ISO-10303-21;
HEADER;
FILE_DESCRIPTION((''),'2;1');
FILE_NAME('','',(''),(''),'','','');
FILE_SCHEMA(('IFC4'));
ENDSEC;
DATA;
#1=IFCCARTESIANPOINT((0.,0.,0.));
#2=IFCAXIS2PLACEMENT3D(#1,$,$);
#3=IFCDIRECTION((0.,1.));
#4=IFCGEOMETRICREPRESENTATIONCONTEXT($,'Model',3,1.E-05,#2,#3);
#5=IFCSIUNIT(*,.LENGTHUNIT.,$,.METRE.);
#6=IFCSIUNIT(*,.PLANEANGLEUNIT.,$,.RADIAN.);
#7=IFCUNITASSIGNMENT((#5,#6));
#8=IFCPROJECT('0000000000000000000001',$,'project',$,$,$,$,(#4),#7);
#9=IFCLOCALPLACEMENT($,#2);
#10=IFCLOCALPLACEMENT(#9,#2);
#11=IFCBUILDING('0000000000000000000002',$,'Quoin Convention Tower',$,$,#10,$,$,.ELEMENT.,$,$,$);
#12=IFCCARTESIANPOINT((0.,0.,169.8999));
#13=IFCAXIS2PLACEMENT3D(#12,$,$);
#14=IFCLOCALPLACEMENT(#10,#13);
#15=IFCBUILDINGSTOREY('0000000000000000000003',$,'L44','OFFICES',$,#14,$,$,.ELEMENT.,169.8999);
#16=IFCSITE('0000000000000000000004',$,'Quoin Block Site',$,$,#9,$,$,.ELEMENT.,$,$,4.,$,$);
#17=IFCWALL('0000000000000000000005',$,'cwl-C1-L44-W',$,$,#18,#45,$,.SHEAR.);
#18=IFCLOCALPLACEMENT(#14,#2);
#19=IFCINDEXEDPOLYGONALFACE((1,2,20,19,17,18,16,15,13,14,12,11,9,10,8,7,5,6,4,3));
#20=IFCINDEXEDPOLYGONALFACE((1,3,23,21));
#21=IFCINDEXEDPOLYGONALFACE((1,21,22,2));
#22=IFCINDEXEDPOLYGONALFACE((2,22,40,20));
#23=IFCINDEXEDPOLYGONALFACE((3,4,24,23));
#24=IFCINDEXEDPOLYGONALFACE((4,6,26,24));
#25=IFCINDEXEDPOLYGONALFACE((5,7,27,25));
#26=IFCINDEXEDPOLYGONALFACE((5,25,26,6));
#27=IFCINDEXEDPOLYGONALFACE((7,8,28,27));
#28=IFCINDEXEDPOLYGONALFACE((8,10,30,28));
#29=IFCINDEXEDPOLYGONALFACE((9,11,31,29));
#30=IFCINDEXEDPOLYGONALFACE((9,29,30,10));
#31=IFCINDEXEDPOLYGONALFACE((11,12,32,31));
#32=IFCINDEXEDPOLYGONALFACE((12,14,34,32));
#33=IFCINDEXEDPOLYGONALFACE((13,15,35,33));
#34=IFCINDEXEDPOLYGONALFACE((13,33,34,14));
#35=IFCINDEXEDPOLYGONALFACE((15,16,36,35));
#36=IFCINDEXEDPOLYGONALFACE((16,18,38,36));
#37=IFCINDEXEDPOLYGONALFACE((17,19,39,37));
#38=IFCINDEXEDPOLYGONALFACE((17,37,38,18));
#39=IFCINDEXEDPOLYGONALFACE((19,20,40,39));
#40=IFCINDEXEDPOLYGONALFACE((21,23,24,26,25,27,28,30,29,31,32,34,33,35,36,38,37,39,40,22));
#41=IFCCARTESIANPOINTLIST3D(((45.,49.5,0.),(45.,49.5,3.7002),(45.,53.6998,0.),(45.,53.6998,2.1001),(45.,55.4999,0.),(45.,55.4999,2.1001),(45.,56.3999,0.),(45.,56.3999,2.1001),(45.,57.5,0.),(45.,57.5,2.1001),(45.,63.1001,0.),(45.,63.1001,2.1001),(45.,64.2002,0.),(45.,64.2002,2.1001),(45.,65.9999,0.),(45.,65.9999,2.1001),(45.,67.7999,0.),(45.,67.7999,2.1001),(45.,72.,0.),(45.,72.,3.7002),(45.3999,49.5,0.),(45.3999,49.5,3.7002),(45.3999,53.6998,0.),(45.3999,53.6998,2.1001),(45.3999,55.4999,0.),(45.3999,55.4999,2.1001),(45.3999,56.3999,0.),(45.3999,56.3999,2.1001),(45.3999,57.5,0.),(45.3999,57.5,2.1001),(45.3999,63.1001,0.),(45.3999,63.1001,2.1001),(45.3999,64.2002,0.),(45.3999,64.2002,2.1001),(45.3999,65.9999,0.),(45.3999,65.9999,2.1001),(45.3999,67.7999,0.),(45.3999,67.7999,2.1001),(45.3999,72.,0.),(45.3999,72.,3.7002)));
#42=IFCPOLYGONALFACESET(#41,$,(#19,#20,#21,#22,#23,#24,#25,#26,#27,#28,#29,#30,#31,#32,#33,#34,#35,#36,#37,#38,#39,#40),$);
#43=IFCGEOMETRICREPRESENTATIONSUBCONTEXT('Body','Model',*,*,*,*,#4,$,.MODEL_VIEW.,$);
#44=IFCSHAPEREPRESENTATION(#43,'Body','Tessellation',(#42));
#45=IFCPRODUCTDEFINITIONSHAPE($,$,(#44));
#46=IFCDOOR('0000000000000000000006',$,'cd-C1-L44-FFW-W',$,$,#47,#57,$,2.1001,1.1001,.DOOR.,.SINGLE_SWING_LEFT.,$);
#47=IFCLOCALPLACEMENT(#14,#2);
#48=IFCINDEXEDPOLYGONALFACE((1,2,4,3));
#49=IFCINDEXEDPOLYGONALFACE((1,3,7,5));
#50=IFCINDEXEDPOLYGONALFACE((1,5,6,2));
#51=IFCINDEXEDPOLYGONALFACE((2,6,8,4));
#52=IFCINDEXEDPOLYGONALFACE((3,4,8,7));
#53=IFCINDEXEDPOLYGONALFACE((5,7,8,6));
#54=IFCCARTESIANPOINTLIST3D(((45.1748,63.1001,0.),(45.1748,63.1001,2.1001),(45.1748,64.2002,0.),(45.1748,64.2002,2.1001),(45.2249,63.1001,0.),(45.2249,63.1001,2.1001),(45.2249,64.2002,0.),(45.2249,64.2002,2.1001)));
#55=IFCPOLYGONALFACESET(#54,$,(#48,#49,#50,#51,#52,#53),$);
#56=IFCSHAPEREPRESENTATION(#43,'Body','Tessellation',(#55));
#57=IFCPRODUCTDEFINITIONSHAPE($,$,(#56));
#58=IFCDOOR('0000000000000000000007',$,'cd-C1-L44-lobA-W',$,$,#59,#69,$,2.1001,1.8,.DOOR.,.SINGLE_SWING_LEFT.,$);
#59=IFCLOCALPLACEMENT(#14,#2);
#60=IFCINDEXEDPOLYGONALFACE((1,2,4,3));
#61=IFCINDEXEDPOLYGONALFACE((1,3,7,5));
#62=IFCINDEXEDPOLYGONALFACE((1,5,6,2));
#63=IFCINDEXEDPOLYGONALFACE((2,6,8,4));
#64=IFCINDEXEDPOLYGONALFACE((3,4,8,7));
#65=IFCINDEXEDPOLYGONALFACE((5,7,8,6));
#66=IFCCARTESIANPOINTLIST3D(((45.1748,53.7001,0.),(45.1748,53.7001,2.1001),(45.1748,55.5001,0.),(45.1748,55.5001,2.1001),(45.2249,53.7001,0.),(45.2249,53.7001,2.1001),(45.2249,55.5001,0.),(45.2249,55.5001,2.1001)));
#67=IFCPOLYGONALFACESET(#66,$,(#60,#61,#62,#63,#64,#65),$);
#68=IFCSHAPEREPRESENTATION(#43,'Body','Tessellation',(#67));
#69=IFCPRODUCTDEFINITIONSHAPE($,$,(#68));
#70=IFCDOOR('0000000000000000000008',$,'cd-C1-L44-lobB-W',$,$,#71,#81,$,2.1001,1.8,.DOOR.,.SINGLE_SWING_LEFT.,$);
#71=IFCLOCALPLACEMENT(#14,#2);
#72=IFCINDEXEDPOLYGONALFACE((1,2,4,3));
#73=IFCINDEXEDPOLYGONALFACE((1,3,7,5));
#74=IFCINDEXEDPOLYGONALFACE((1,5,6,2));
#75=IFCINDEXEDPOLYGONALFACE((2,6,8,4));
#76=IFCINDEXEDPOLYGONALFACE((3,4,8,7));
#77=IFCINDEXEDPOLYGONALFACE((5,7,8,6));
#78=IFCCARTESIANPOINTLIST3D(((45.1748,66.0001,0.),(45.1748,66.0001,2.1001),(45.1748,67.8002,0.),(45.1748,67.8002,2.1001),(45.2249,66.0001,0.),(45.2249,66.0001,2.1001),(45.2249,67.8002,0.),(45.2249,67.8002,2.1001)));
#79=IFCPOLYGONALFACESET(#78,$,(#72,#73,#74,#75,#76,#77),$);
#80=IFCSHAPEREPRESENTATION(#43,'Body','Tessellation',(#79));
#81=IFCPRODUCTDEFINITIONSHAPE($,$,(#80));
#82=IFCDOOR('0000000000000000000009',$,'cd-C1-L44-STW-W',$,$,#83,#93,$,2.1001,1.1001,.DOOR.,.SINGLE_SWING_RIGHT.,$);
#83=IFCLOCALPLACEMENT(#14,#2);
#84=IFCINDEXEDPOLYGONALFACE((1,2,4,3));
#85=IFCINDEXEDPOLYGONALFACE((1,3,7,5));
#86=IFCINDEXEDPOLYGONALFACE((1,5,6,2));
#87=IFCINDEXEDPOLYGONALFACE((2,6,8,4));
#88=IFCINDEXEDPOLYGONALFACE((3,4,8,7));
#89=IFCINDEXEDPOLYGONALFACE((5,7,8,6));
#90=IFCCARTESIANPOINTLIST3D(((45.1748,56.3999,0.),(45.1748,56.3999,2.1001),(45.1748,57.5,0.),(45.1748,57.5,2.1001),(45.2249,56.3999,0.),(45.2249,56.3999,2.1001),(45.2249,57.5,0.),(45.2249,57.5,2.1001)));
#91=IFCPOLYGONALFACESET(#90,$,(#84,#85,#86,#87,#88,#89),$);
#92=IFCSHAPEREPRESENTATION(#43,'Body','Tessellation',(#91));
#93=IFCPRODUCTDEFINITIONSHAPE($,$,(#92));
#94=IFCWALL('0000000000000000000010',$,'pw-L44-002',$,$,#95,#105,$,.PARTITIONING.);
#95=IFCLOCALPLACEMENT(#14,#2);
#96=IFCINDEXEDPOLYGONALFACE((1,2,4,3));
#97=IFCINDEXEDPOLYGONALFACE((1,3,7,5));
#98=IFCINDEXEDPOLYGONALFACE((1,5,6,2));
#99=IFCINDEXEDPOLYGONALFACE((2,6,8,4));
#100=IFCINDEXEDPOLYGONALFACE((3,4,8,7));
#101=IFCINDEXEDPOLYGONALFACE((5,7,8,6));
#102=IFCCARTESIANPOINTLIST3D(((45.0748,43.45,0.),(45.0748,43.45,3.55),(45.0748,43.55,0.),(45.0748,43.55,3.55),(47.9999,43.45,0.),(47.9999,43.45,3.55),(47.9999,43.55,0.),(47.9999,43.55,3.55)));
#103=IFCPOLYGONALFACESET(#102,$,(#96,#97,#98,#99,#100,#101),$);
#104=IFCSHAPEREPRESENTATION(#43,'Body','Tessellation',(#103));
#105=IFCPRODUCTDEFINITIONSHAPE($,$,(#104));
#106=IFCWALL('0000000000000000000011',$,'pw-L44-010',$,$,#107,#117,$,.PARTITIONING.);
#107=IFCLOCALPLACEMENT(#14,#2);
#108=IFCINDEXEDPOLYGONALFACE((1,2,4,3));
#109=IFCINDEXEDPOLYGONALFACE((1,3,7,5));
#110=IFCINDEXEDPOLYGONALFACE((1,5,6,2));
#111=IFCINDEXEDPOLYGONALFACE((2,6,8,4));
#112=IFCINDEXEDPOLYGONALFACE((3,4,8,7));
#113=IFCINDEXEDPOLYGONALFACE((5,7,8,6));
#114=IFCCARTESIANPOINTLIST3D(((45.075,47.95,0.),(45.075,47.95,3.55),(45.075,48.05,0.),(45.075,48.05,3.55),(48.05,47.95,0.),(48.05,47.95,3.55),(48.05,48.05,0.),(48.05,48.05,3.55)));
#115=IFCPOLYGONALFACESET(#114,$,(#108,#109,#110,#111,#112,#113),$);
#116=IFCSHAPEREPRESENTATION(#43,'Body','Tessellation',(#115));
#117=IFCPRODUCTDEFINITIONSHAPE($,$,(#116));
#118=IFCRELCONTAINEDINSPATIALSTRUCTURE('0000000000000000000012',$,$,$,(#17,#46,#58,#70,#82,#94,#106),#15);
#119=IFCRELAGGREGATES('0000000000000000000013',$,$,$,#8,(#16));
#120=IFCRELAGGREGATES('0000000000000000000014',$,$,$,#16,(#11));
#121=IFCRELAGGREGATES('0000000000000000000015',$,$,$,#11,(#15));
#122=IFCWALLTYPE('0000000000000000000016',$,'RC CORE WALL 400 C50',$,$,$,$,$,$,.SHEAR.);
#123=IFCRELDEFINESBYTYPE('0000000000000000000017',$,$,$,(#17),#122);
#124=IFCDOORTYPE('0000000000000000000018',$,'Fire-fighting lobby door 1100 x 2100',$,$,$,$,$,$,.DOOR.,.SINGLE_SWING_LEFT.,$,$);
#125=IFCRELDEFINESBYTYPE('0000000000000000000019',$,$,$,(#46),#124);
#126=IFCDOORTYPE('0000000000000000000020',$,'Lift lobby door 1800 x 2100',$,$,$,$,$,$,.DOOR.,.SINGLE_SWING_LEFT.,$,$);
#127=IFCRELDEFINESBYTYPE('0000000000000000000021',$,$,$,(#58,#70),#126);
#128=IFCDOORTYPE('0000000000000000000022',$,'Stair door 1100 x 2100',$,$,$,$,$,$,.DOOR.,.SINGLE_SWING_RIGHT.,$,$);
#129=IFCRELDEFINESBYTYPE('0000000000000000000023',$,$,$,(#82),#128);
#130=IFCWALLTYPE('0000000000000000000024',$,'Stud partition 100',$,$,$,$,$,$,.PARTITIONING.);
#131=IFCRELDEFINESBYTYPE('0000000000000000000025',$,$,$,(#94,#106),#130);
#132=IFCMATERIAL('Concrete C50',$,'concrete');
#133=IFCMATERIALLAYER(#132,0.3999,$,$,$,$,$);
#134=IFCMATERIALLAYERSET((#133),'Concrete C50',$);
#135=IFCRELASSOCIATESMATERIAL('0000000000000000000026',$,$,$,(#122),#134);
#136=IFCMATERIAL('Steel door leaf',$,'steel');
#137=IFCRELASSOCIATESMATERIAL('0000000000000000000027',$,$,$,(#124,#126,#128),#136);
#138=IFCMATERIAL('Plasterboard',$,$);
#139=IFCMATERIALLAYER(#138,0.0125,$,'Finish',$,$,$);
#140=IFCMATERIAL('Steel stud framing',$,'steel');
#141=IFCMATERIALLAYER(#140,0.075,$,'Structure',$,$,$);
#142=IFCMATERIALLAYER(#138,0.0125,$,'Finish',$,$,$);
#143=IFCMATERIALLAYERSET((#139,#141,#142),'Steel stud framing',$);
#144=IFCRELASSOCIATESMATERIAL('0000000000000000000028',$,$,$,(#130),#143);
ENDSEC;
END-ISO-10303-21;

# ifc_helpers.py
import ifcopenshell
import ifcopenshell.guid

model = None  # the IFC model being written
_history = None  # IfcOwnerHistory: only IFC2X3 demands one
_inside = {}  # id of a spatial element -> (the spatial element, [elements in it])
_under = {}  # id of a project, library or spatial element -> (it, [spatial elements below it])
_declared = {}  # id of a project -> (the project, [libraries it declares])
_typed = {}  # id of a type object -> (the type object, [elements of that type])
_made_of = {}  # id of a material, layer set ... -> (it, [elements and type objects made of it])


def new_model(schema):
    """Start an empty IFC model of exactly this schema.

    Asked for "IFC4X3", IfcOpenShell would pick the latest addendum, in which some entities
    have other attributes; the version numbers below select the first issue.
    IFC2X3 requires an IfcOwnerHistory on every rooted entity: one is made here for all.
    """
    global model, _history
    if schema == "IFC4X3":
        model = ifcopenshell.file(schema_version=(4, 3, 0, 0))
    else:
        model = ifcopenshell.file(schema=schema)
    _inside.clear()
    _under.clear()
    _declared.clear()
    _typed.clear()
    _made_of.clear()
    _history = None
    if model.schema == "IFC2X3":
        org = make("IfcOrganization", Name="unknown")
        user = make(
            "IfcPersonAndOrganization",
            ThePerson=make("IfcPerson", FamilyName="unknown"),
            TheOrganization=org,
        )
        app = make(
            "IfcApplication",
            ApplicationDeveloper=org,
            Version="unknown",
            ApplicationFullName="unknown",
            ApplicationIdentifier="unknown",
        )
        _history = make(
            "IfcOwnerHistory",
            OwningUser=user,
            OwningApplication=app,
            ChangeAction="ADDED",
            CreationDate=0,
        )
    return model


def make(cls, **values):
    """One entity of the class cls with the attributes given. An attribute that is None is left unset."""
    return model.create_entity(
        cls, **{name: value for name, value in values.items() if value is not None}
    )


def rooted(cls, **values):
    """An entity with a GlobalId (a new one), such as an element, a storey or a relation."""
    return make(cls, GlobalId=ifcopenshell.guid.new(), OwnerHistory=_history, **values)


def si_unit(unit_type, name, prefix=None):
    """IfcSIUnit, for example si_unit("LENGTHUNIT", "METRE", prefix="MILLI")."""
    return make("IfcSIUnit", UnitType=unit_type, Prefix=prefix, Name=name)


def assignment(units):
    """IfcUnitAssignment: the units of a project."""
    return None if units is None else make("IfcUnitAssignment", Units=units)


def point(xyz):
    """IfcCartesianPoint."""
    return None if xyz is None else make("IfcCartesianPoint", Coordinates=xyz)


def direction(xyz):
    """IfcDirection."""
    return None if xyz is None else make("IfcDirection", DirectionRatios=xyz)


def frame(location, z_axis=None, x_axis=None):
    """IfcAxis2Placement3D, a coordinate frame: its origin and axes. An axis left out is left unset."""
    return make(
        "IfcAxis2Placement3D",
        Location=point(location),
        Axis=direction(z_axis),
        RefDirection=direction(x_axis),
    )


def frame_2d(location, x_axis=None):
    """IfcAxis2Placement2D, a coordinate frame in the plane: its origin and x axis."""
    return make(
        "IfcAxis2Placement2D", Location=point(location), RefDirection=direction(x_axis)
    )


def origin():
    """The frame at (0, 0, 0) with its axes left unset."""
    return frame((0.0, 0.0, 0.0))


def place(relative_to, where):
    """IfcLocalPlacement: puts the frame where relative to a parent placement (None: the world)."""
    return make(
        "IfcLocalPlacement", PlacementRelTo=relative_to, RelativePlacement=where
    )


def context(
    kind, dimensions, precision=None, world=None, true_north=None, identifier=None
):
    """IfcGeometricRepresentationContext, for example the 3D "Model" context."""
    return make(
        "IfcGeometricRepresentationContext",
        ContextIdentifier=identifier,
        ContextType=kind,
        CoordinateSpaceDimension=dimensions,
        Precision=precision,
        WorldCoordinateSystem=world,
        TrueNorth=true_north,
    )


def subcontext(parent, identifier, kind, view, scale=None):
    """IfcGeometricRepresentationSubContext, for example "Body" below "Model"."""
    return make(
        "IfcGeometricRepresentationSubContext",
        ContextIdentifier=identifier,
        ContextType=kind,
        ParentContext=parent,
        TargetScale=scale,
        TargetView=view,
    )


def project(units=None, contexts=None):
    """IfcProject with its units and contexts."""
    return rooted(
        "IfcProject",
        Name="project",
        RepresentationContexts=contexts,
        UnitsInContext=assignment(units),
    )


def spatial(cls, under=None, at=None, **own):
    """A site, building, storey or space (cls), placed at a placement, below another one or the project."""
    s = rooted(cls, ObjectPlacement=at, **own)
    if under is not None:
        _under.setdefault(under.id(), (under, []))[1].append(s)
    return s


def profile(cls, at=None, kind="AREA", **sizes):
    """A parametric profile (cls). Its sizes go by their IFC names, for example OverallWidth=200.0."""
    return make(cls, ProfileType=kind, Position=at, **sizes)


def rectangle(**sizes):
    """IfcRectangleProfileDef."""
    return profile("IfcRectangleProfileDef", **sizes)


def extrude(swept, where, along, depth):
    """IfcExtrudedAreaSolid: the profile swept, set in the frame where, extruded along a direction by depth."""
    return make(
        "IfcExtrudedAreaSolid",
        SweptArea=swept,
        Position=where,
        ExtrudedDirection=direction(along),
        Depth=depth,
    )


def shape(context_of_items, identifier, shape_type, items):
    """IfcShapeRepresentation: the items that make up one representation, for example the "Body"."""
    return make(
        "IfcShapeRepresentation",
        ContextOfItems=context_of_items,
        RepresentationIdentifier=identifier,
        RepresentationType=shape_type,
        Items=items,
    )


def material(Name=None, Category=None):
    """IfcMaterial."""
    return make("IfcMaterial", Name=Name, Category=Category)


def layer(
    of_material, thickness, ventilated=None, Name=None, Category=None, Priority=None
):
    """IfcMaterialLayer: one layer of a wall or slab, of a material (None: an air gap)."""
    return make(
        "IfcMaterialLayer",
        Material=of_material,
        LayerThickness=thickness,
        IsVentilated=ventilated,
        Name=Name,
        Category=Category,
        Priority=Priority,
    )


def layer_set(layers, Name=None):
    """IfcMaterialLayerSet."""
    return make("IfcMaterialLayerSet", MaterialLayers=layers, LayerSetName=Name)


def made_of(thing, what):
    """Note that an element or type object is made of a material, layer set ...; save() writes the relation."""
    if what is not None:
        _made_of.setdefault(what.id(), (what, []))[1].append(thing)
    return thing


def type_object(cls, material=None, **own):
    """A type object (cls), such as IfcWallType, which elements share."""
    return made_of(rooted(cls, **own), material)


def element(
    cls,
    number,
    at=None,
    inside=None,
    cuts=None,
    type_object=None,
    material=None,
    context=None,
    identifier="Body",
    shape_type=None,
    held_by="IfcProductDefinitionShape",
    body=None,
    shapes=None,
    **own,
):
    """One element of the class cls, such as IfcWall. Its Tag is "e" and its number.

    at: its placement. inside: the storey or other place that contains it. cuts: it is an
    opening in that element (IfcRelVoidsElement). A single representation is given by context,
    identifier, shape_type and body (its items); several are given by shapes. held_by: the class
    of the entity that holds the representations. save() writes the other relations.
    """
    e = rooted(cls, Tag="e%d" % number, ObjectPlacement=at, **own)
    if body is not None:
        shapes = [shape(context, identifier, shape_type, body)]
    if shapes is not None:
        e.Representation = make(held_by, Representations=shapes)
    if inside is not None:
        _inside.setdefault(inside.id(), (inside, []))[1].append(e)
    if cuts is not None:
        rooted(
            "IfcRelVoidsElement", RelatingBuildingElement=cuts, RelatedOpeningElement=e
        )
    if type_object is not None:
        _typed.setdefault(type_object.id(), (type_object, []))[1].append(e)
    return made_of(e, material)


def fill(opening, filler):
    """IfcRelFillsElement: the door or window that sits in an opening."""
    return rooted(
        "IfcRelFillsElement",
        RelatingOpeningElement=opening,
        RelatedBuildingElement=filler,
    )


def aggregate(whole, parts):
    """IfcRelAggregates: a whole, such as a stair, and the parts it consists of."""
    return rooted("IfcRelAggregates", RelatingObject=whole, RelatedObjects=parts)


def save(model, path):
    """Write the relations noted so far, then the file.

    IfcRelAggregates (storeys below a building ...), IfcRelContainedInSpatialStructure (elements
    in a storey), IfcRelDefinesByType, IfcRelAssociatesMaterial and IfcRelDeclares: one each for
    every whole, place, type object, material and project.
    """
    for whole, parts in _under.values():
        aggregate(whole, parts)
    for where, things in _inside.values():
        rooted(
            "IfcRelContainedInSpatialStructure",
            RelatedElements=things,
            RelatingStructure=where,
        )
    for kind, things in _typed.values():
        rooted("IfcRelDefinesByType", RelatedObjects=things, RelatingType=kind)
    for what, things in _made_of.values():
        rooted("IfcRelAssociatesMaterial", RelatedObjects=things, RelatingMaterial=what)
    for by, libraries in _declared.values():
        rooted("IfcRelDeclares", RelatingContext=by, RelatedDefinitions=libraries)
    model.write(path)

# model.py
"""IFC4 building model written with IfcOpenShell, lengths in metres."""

from ifc_helpers import new_model, si_unit, direction, frame, frame_2d, origin, place, context, subcontext, project, spatial, rectangle, extrude, material, layer, layer_set, type_object, element, fill, save


model = new_model("IFC4")

# Units and contexts
model_context = context("Model", 3, precision=1e-05, world=origin(), true_north=direction((0.0, 1.0)))
body_context = subcontext(model_context, "Body", "Model", "MODEL_VIEW")
ifc_project = project(units=[si_unit("LENGTHUNIT", "METRE"), si_unit("PLANEANGLEUNIT", "RADIAN")], contexts=[model_context])

# Site, building, storey
site_placement = place(None, origin())
site = spatial("IfcSite", under=ifc_project, at=site_placement, Name="Quoin Block Site", CompositionType="ELEMENT", RefElevation=4.0)
building_placement = place(site_placement, origin())
building = spatial("IfcBuilding", under=site, at=building_placement, Name="Quoin Convention Tower", CompositionType="ELEMENT")
storey_placement = place(building_placement, frame((0.0, 0.0, 169.8999)))
storey = spatial("IfcBuildingStorey", under=building, at=storey_placement, Name="L44", Description="OFFICES", CompositionType="ELEMENT", Elevation=169.8999)

# Shared definitions
ifc_material_1 = material(Name="Concrete C50", Category="concrete")

# Shared definitions
ifc_material_2 = material(Name="Plasterboard")
ifc_material_3 = material(Name="Steel stud framing", Category="steel")

# Shared definitions
ifc_material_4 = material(Name="Steel door leaf", Category="steel")

# Shared definitions
ifc_layer_1 = layer(ifc_material_1, 0.3999)
ifc_layer_set_1 = layer_set([ifc_layer_1], Name="Concrete C50")
wall_type_1 = type_object("IfcWallType", Name="RC CORE WALL 400 C50", PredefinedType="SHEAR", material=ifc_layer_set_1)

# Wall, openings, doors
wall_1_placement = place(storey_placement, frame((45.2, 49.5, 0.0), z_axis=(0.0, 0.0, 1.0), x_axis=(0.0, 1.0, 0.0)))
wall_1 = element("IfcWall", 1, at=wall_1_placement, inside=storey, type_object=wall_type_1, Name="cwl-C1-L44-W", PredefinedType="SHEAR", context=body_context, shape_type="SweptSolid", body=[
    extrude(rectangle(XDim=22.5, YDim=0.3999, at=frame_2d((11.25, 0.0))), origin(), (0.0, 0.0, 1.0), 3.7002),
])
opening_1_placement = place(wall_1_placement, frame((4.2, 0.0, 0.0)))
opening_1 = element("IfcOpeningElement", 2, at=opening_1_placement, cuts=wall_1, PredefinedType="OPENING", context=body_context, shape_type="SweptSolid", body=[
    extrude(rectangle(XDim=1.8, YDim=2.1001, at=frame_2d((0.8999, 1.05))), frame((0.0, 0.21, 0.0), z_axis=(0.0, -1.0, 0.0), x_axis=(1.0, 0.0, 0.0)), (0.0, 0.0, 1.0), 0.4199),
])
opening_2_placement = place(wall_1_placement, frame((6.8999, 0.0, 0.0)))
opening_2 = element("IfcOpeningElement", 3, at=opening_2_placement, cuts=wall_1, PredefinedType="OPENING", context=body_context, shape_type="SweptSolid", body=[
    extrude(rectangle(XDim=1.1001, YDim=2.1001, at=frame_2d((0.55, 1.05))), frame((0.0, 0.21, 0.0), z_axis=(0.0, -1.0, 0.0), x_axis=(1.0, 0.0, 0.0)), (0.0, 0.0, 1.0), 0.4199),
])
opening_3_placement = place(wall_1_placement, frame((13.6001, 0.0, 0.0)))
opening_3 = element("IfcOpeningElement", 4, at=opening_3_placement, cuts=wall_1, PredefinedType="OPENING", context=body_context, shape_type="SweptSolid", body=[
    extrude(rectangle(XDim=1.1001, YDim=2.1001, at=frame_2d((0.55, 1.05))), frame((0.0, 0.21, 0.0), z_axis=(0.0, -1.0, 0.0), x_axis=(1.0, 0.0, 0.0)), (0.0, 0.0, 1.0), 0.4199),
])
opening_4_placement = place(wall_1_placement, frame((16.5, 0.0, 0.0)))
opening_4 = element("IfcOpeningElement", 5, at=opening_4_placement, cuts=wall_1, PredefinedType="OPENING", context=body_context, shape_type="SweptSolid", body=[
    extrude(rectangle(XDim=1.8, YDim=2.1001, at=frame_2d((0.8999, 1.05))), frame((0.0, 0.21, 0.0), z_axis=(0.0, -1.0, 0.0), x_axis=(1.0, 0.0, 0.0)), (0.0, 0.0, 1.0), 0.4199),
])
door_type_1 = type_object("IfcDoorType", Name="Fire-fighting lobby door 1100 x 2100", OperationType="SINGLE_SWING_LEFT", PredefinedType="DOOR", material=ifc_material_4)
door_1_placement = place(opening_3_placement, frame((1.1001, 0.0, 0.0), z_axis=(0.0, 0.0, 1.0), x_axis=(-1.0, 0.0, 0.0)))
door_1 = element("IfcDoor", 6, at=door_1_placement, inside=storey, type_object=door_type_1, Name="cd-C1-L44-FFW-W", OperationType="SINGLE_SWING_LEFT", OverallHeight=2.1001, OverallWidth=1.1001, PredefinedType="DOOR", context=body_context, shape_type="SweptSolid", body=[
    extrude(rectangle(XDim=1.1001, YDim=2.1001, at=frame_2d((0.55, 1.05))), frame((0.0, 0.0249, 0.0), z_axis=(0.0, -1.0, 0.0), x_axis=(1.0, 0.0, 0.0)), (0.0, 0.0, 1.0), 0.05),
])
fill(opening_3, door_1)
door_type_2 = type_object("IfcDoorType", Name="Lift lobby door 1800 x 2100", OperationType="SINGLE_SWING_LEFT", PredefinedType="DOOR", material=ifc_material_4)
door_2_placement = place(opening_1_placement, frame((1.8, 0.0, 0.0), z_axis=(0.0, 0.0, 1.0), x_axis=(-1.0, 0.0, 0.0)))
door_2 = element("IfcDoor", 7, at=door_2_placement, inside=storey, type_object=door_type_2, Name="cd-C1-L44-lobA-W", OperationType="SINGLE_SWING_LEFT", OverallHeight=2.1001, OverallWidth=1.8, PredefinedType="DOOR", context=body_context, shape_type="SweptSolid", body=[
    extrude(rectangle(XDim=1.8, YDim=2.1001, at=frame_2d((0.8999, 1.05))), frame((0.0, 0.0249, 0.0), z_axis=(0.0, -1.0, 0.0), x_axis=(1.0, 0.0, 0.0)), (0.0, 0.0, 1.0), 0.05),
])
fill(opening_1, door_2)
door_3_placement = place(opening_4_placement, frame((1.8, 0.0, 0.0), z_axis=(0.0, 0.0, 1.0), x_axis=(-1.0, 0.0, 0.0)))
door_3 = element("IfcDoor", 8, at=door_3_placement, inside=storey, type_object=door_type_2, Name="cd-C1-L44-lobB-W", OperationType="SINGLE_SWING_LEFT", OverallHeight=2.1001, OverallWidth=1.8, PredefinedType="DOOR", context=body_context, shape_type="SweptSolid", body=[
    extrude(rectangle(XDim=1.8, YDim=2.1001, at=frame_2d((0.8999, 1.05))), frame((0.0, 0.0249, 0.0), z_axis=(0.0, -1.0, 0.0), x_axis=(1.0, 0.0, 0.0)), (0.0, 0.0, 1.0), 0.05),
])
fill(opening_4, door_3)
door_type_3 = type_object("IfcDoorType", Name="Stair door 1100 x 2100", OperationType="SINGLE_SWING_RIGHT", PredefinedType="DOOR", material=ifc_material_4)
door_4_placement = place(opening_2_placement, frame((1.1001, 0.0, 0.0), z_axis=(0.0, 0.0, 1.0), x_axis=(-1.0, 0.0, 0.0)))
door_4 = element("IfcDoor", 9, at=door_4_placement, inside=storey, type_object=door_type_3, Name="cd-C1-L44-STW-W", OperationType="SINGLE_SWING_RIGHT", OverallHeight=2.1001, OverallWidth=1.1001, PredefinedType="DOOR", context=body_context, shape_type="SweptSolid", body=[
    extrude(rectangle(XDim=1.1001, YDim=2.1001, at=frame_2d((0.55, 1.05))), frame((0.0, 0.0249, 0.0), z_axis=(0.0, -1.0, 0.0), x_axis=(1.0, 0.0, 0.0)), (0.0, 0.0, 1.0), 0.05),
])
fill(opening_2, door_4)

# Walls
ifc_layer_2 = layer(ifc_material_2, 0.0125, Name="Finish")
ifc_layer_3 = layer(ifc_material_3, 0.075, Name="Structure")
ifc_layer_4 = layer(ifc_material_2, 0.0125, Name="Finish")
ifc_layer_set_2 = layer_set([ifc_layer_2, ifc_layer_3, ifc_layer_4], Name="Steel stud framing")
wall_type_2 = type_object("IfcWallType", Name="Stud partition 100", PredefinedType="PARTITIONING", material=ifc_layer_set_2)
wall_2_placement = place(storey_placement, frame((45.075, 43.5, 0.0), z_axis=(0.0, 0.0, 1.0), x_axis=(1.0, 0.0, 0.0)))
element("IfcWall", 10, at=wall_2_placement, inside=storey, type_object=wall_type_2, Name="pw-L44-002", PredefinedType="PARTITIONING", context=body_context, shape_type="SweptSolid", body=[
    extrude(rectangle(XDim=2.925, YDim=0.1001, at=frame_2d((1.4624, 0.0))), origin(), (0.0, 0.0, 1.0), 3.55),
])
wall_3_placement = place(storey_placement, frame((45.075, 48.0, 0.0), z_axis=(0.0, 0.0, 1.0), x_axis=(1.0, 0.0, 0.0)))
element("IfcWall", 11, at=wall_3_placement, inside=storey, type_object=wall_type_2, Name="pw-L44-010", PredefinedType="PARTITIONING", context=body_context, shape_type="SweptSolid", body=[
    extrude(rectangle(XDim=2.9751, YDim=0.1001, at=frame_2d((1.4875, 0.0))), origin(), (0.0, 0.0, 1.0), 3.55),
])

save(model, "model.ifc")
